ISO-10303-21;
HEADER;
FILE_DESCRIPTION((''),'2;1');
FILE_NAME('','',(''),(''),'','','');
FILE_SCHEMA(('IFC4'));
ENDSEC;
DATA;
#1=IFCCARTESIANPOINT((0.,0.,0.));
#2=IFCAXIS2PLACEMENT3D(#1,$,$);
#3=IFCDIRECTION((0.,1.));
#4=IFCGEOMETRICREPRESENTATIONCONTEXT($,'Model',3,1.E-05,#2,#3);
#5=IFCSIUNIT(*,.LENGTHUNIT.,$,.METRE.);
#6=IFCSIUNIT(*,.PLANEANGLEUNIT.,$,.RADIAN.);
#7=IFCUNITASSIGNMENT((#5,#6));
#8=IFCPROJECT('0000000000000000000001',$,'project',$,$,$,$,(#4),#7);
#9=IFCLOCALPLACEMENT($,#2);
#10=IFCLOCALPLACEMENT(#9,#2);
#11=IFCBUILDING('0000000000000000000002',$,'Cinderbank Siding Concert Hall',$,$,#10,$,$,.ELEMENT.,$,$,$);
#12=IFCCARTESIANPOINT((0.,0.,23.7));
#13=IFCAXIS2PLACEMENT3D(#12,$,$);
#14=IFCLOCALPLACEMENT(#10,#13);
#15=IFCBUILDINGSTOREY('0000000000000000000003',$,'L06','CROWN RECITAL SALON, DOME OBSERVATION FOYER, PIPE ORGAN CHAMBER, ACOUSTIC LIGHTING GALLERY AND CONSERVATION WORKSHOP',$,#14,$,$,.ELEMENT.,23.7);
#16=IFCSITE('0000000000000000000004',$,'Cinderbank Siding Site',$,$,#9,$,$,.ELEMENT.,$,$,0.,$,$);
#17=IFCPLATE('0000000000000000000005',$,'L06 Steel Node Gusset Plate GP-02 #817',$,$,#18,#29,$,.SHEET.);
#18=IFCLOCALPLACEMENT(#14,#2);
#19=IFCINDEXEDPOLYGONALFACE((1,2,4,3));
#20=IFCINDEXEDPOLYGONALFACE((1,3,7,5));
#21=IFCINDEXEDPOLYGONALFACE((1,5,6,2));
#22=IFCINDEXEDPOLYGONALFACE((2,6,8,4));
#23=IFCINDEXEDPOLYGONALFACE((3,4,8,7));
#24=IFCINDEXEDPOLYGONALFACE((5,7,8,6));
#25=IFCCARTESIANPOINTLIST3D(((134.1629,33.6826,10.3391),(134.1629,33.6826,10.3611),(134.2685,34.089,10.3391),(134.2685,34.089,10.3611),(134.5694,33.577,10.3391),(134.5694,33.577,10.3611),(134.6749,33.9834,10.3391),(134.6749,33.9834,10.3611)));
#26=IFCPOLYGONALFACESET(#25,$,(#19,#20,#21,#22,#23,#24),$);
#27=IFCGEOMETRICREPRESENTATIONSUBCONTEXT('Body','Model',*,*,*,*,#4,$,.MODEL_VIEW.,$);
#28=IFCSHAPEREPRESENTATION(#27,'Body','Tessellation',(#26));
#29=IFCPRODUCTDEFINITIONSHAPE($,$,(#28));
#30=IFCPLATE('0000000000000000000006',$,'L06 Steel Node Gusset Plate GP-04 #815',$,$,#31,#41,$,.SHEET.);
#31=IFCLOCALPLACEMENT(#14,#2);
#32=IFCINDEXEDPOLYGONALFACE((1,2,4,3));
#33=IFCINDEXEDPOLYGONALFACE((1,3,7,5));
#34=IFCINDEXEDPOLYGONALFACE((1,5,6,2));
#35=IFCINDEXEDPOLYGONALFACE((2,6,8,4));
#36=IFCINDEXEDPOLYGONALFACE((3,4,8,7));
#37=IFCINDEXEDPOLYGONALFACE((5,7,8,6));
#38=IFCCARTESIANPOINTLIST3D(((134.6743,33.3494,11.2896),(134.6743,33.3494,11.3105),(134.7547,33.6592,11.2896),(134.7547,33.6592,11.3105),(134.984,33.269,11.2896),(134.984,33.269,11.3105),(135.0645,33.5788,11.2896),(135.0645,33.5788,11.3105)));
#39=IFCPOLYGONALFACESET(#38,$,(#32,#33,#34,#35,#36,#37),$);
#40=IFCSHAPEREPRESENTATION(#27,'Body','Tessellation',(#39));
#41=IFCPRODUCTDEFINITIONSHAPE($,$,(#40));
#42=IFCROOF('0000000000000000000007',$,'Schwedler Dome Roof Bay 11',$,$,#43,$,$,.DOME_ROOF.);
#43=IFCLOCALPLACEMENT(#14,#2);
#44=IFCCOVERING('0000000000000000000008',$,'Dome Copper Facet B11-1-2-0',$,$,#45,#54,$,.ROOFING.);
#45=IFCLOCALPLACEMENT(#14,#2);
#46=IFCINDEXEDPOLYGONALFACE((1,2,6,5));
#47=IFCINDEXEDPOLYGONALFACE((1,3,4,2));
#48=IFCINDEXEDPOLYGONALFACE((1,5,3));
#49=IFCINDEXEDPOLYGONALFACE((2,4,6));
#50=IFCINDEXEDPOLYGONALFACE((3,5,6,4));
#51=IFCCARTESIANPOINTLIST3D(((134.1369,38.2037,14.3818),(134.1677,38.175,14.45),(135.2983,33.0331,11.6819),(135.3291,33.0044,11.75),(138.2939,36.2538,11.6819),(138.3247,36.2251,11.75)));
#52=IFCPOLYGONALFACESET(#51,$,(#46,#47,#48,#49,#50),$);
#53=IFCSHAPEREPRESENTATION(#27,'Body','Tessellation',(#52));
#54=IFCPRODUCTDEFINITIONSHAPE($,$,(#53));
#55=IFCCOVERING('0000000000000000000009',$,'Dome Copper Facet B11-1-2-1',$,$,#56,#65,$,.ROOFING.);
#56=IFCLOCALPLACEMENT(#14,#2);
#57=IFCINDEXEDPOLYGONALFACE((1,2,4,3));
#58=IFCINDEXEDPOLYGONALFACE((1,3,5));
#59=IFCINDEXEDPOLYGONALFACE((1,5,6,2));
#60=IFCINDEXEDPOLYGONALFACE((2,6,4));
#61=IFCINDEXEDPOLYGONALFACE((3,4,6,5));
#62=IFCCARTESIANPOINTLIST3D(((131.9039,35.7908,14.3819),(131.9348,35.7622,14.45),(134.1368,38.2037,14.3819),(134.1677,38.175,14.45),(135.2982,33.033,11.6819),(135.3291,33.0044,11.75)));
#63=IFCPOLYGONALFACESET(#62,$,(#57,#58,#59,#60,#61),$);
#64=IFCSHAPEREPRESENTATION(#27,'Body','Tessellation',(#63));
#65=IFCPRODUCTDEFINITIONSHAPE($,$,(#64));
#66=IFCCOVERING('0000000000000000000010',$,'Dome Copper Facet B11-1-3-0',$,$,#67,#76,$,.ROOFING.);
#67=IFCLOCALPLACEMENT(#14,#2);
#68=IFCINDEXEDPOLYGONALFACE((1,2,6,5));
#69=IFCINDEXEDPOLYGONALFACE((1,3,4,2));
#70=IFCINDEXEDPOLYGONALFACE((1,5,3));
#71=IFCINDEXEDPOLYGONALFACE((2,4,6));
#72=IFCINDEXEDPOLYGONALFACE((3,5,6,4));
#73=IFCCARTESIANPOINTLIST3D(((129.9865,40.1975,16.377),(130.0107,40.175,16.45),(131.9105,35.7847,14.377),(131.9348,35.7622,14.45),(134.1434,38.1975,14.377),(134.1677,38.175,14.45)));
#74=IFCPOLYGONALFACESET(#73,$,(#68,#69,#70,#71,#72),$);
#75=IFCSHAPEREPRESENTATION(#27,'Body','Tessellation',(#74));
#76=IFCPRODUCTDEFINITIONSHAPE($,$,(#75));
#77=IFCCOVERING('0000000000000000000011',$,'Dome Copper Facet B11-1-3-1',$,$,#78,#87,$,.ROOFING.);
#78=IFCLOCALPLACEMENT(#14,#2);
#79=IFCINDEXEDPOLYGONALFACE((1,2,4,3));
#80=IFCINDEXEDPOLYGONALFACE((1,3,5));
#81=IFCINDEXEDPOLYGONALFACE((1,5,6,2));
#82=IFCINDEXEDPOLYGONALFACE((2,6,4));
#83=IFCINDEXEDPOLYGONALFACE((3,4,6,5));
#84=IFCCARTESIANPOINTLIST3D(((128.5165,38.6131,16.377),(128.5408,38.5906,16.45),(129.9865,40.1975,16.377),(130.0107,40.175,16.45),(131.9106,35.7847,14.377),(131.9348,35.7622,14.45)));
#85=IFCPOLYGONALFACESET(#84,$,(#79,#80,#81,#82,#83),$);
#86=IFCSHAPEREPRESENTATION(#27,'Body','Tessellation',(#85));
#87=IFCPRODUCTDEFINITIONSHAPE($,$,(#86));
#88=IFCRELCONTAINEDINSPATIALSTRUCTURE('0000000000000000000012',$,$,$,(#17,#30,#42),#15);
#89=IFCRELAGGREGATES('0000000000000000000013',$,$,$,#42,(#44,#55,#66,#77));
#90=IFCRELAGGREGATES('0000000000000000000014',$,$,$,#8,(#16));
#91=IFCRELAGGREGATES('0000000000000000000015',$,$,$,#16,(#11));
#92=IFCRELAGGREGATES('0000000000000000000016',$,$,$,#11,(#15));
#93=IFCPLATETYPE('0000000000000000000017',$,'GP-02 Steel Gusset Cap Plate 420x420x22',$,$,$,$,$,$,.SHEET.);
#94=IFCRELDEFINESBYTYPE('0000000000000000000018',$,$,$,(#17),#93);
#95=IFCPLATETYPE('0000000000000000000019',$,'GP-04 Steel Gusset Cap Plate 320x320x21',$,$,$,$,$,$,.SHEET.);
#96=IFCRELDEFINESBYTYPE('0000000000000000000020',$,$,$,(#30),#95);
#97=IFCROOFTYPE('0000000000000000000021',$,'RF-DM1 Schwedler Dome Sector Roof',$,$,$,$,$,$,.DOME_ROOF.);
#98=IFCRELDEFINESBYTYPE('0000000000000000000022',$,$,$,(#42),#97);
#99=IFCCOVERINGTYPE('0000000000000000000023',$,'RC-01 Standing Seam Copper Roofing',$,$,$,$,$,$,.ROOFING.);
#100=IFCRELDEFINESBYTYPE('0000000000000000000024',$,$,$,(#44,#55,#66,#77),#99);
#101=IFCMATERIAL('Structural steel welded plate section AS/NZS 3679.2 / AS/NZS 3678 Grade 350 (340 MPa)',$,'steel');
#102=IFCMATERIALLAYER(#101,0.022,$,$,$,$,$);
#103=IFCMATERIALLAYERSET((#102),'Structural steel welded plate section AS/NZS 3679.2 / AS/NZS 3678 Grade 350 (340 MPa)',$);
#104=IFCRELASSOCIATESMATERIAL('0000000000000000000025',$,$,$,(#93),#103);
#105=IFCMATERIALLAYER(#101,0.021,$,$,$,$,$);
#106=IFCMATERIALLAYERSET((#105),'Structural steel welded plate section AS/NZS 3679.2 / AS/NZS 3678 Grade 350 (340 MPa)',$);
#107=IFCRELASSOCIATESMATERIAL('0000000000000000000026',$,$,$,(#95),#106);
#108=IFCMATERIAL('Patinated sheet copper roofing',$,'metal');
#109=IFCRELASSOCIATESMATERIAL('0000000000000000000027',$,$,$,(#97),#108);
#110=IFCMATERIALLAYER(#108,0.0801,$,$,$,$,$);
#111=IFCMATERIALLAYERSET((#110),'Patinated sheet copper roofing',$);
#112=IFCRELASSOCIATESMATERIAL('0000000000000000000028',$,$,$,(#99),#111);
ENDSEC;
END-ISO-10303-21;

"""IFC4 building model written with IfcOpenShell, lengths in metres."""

from ifc_helpers import new_model, si_unit, direction, frame, origin, origin_2d, place, context, subcontext, project, spatial, polyline, rectangle, outline, extrude, material, layer, layer_set, type_object, element, aggregate, save


model = new_model("IFC4")

# Units and contexts
model_context = context("Model", 3, precision=1e-05, world=origin(), true_north=direction((0.0, 1.0)))
body_context = subcontext(model_context, "Body", "Model", "MODEL_VIEW")
ifc_project = project(units=[si_unit("LENGTHUNIT", "METRE"), si_unit("PLANEANGLEUNIT", "RADIAN")], contexts=[model_context])

# Site, building, storey
site_placement = place(None, origin())
site = spatial("IfcSite", under=ifc_project, at=site_placement, Name="Cinderbank Siding Site", CompositionType="ELEMENT", RefElevation=0.0)
building_placement = place(site_placement, origin())
building = spatial("IfcBuilding", under=site, at=building_placement, Name="Cinderbank Siding Concert Hall", CompositionType="ELEMENT")
storey_placement = place(building_placement, frame((0.0, 0.0, 23.7)))
storey = spatial("IfcBuildingStorey", under=building, at=storey_placement, Name="L06", Description="CROWN RECITAL SALON, DOME OBSERVATION FOYER, PIPE ORGAN CHAMBER, ACOUSTIC LIGHTING GALLERY AND CONSERVATION WORKSHOP", CompositionType="ELEMENT", Elevation=23.7)

# Plates
ifc_material_1 = material(Name="Structural steel welded plate section AS/NZS 3679.2 / AS/NZS 3678 Grade 350 (340 MPa)", Category="steel")
ifc_layer_1 = layer(ifc_material_1, 0.022)
ifc_layer_set_1 = layer_set([ifc_layer_1], Name="Structural steel welded plate section AS/NZS 3679.2 / AS/NZS 3678 Grade 350 (340 MPa)")
plate_type_1 = type_object("IfcPlateType", Name="GP-02 Steel Gusset Cap Plate 420x420x22", PredefinedType="SHEET", material=ifc_layer_set_1)
plate_1_placement = place(storey_placement, frame((134.4189, 33.833, 10.3391), z_axis=(0.0, 0.0, 1.0), x_axis=(0.251394, 0.967885, 0.0)))
element("IfcPlate", 1, at=plate_1_placement, inside=storey, type_object=plate_type_1, Name="L06 Steel Node Gusset Plate GP-02 #817", PredefinedType="SHEET", context=body_context, shape_type="SweptSolid", body=[
    extrude(rectangle(XDim=0.4199, YDim=0.4199, at=origin_2d()), origin(), (0.0, 0.0, 1.0), 0.022),
])
ifc_layer_2 = layer(ifc_material_1, 0.021)
ifc_layer_set_2 = layer_set([ifc_layer_2], Name="Structural steel welded plate section AS/NZS 3679.2 / AS/NZS 3678 Grade 350 (340 MPa)")
plate_type_2 = type_object("IfcPlateType", Name="GP-04 Steel Gusset Cap Plate 320x320x21", PredefinedType="SHEET", material=ifc_layer_set_2)
plate_2_placement = place(storey_placement, frame((134.8694, 33.4641, 11.2896), z_axis=(0.0, 0.0, 1.0), x_axis=(0.251394, 0.967885, 0.0)))
element("IfcPlate", 2, at=plate_2_placement, inside=storey, type_object=plate_type_2, Name="L06 Steel Node Gusset Plate GP-04 #815", PredefinedType="SHEET", context=body_context, shape_type="SweptSolid", body=[
    extrude(rectangle(XDim=0.3201, YDim=0.3201, at=origin_2d()), origin(), (0.0, 0.0, 1.0), 0.021),
])

# Roof, coverings
ifc_material_2 = material(Name="Patinated sheet copper roofing", Category="metal")
roof_type = type_object("IfcRoofType", Name="RF-DM1 Schwedler Dome Sector Roof", PredefinedType="DOME_ROOF", material=ifc_material_2)
roof_placement = place(storey_placement, origin())
roof = element("IfcRoof", 3, at=roof_placement, inside=storey, type_object=roof_type, Name="Schwedler Dome Roof Bay 11", PredefinedType="DOME_ROOF")
ifc_layer_3 = layer(ifc_material_2, 0.0801)
ifc_layer_set_3 = layer_set([ifc_layer_3], Name="Patinated sheet copper roofing")
covering_type = type_object("IfcCoveringType", Name="RC-01 Standing Seam Copper Roofing", PredefinedType="ROOFING", material=ifc_layer_set_3)
covering_1_placement = place(storey_placement, frame((135.3291, 33.0044, 11.75), z_axis=(0.384748, -0.357857, 0.850828), x_axis=(0.681056, 0.732232, 0.0)))
covering_1 = element("IfcCovering", 4, at=covering_1_placement, type_object=covering_type, Name="Dome Copper Facet B11-1-2-0", PredefinedType="ROOFING", context=body_context, shape_type="SweptSolid", body=[
    extrude(outline(polyline([(0.0, 0.0), (4.3985, 0.0), (2.9952, 5.1384), (0.0, 0.0)])), origin(), (0.0, 0.0, -1.0), 0.0801),
])
covering_2_placement = place(storey_placement, frame((135.3291, 33.0044, 11.75), z_axis=(0.386129, -0.357335, 0.850421), x_axis=(-0.195267, 0.869365, 0.453955)))
covering_2 = element("IfcCovering", 5, at=covering_2_placement, type_object=covering_type, Name="Dome Copper Facet B11-1-2-1", PredefinedType="ROOFING", context=body_context, shape_type="SweptSolid", body=[
    extrude(outline(polyline([(0.0, 0.0), (5.9476, 0.0), (4.286, 2.8367), (0.0, 0.0)])), origin(), (0.0, 0.0, -1.0), 0.0801),
])
covering_3_placement = place(storey_placement, frame((131.9348, 35.7622, 14.45), z_axis=(0.30317, -0.280562, 0.910699), x_axis=(0.679211, 0.733943, 0.0)))
covering_3 = element("IfcCovering", 6, at=covering_3_placement, type_object=covering_type, Name="Dome Copper Facet B11-1-3-0", PredefinedType="ROOFING", context=body_context, shape_type="SweptSolid", body=[
    extrude(outline(polyline([(0.0, 0.0), (3.2875, 0.0), (1.9319, 4.8418), (0.0, 0.0)])), origin(), (0.0, 0.0, -1.0), 0.0801),
])
covering_4_placement = place(storey_placement, frame((131.9348, 35.7622, 14.45), z_axis=(0.302685, -0.280812, 0.910783), x_axis=(-0.369092, 0.846509, 0.383657)))
covering_4 = element("IfcCovering", 7, at=covering_4_placement, type_object=covering_type, Name="Dome Copper Facet B11-1-3-1", PredefinedType="ROOFING", context=body_context, shape_type="SweptSolid", body=[
    extrude(outline(polyline([(0.0, 0.0), (5.213, 0.0), (4.4143, 2.0083), (0.0, 0.0)])), origin(), (0.0, 0.0, -1.0), 0.0801),
])
aggregate(roof, [covering_1, covering_2, covering_3, covering_4])

save(model, "model.ifc")
